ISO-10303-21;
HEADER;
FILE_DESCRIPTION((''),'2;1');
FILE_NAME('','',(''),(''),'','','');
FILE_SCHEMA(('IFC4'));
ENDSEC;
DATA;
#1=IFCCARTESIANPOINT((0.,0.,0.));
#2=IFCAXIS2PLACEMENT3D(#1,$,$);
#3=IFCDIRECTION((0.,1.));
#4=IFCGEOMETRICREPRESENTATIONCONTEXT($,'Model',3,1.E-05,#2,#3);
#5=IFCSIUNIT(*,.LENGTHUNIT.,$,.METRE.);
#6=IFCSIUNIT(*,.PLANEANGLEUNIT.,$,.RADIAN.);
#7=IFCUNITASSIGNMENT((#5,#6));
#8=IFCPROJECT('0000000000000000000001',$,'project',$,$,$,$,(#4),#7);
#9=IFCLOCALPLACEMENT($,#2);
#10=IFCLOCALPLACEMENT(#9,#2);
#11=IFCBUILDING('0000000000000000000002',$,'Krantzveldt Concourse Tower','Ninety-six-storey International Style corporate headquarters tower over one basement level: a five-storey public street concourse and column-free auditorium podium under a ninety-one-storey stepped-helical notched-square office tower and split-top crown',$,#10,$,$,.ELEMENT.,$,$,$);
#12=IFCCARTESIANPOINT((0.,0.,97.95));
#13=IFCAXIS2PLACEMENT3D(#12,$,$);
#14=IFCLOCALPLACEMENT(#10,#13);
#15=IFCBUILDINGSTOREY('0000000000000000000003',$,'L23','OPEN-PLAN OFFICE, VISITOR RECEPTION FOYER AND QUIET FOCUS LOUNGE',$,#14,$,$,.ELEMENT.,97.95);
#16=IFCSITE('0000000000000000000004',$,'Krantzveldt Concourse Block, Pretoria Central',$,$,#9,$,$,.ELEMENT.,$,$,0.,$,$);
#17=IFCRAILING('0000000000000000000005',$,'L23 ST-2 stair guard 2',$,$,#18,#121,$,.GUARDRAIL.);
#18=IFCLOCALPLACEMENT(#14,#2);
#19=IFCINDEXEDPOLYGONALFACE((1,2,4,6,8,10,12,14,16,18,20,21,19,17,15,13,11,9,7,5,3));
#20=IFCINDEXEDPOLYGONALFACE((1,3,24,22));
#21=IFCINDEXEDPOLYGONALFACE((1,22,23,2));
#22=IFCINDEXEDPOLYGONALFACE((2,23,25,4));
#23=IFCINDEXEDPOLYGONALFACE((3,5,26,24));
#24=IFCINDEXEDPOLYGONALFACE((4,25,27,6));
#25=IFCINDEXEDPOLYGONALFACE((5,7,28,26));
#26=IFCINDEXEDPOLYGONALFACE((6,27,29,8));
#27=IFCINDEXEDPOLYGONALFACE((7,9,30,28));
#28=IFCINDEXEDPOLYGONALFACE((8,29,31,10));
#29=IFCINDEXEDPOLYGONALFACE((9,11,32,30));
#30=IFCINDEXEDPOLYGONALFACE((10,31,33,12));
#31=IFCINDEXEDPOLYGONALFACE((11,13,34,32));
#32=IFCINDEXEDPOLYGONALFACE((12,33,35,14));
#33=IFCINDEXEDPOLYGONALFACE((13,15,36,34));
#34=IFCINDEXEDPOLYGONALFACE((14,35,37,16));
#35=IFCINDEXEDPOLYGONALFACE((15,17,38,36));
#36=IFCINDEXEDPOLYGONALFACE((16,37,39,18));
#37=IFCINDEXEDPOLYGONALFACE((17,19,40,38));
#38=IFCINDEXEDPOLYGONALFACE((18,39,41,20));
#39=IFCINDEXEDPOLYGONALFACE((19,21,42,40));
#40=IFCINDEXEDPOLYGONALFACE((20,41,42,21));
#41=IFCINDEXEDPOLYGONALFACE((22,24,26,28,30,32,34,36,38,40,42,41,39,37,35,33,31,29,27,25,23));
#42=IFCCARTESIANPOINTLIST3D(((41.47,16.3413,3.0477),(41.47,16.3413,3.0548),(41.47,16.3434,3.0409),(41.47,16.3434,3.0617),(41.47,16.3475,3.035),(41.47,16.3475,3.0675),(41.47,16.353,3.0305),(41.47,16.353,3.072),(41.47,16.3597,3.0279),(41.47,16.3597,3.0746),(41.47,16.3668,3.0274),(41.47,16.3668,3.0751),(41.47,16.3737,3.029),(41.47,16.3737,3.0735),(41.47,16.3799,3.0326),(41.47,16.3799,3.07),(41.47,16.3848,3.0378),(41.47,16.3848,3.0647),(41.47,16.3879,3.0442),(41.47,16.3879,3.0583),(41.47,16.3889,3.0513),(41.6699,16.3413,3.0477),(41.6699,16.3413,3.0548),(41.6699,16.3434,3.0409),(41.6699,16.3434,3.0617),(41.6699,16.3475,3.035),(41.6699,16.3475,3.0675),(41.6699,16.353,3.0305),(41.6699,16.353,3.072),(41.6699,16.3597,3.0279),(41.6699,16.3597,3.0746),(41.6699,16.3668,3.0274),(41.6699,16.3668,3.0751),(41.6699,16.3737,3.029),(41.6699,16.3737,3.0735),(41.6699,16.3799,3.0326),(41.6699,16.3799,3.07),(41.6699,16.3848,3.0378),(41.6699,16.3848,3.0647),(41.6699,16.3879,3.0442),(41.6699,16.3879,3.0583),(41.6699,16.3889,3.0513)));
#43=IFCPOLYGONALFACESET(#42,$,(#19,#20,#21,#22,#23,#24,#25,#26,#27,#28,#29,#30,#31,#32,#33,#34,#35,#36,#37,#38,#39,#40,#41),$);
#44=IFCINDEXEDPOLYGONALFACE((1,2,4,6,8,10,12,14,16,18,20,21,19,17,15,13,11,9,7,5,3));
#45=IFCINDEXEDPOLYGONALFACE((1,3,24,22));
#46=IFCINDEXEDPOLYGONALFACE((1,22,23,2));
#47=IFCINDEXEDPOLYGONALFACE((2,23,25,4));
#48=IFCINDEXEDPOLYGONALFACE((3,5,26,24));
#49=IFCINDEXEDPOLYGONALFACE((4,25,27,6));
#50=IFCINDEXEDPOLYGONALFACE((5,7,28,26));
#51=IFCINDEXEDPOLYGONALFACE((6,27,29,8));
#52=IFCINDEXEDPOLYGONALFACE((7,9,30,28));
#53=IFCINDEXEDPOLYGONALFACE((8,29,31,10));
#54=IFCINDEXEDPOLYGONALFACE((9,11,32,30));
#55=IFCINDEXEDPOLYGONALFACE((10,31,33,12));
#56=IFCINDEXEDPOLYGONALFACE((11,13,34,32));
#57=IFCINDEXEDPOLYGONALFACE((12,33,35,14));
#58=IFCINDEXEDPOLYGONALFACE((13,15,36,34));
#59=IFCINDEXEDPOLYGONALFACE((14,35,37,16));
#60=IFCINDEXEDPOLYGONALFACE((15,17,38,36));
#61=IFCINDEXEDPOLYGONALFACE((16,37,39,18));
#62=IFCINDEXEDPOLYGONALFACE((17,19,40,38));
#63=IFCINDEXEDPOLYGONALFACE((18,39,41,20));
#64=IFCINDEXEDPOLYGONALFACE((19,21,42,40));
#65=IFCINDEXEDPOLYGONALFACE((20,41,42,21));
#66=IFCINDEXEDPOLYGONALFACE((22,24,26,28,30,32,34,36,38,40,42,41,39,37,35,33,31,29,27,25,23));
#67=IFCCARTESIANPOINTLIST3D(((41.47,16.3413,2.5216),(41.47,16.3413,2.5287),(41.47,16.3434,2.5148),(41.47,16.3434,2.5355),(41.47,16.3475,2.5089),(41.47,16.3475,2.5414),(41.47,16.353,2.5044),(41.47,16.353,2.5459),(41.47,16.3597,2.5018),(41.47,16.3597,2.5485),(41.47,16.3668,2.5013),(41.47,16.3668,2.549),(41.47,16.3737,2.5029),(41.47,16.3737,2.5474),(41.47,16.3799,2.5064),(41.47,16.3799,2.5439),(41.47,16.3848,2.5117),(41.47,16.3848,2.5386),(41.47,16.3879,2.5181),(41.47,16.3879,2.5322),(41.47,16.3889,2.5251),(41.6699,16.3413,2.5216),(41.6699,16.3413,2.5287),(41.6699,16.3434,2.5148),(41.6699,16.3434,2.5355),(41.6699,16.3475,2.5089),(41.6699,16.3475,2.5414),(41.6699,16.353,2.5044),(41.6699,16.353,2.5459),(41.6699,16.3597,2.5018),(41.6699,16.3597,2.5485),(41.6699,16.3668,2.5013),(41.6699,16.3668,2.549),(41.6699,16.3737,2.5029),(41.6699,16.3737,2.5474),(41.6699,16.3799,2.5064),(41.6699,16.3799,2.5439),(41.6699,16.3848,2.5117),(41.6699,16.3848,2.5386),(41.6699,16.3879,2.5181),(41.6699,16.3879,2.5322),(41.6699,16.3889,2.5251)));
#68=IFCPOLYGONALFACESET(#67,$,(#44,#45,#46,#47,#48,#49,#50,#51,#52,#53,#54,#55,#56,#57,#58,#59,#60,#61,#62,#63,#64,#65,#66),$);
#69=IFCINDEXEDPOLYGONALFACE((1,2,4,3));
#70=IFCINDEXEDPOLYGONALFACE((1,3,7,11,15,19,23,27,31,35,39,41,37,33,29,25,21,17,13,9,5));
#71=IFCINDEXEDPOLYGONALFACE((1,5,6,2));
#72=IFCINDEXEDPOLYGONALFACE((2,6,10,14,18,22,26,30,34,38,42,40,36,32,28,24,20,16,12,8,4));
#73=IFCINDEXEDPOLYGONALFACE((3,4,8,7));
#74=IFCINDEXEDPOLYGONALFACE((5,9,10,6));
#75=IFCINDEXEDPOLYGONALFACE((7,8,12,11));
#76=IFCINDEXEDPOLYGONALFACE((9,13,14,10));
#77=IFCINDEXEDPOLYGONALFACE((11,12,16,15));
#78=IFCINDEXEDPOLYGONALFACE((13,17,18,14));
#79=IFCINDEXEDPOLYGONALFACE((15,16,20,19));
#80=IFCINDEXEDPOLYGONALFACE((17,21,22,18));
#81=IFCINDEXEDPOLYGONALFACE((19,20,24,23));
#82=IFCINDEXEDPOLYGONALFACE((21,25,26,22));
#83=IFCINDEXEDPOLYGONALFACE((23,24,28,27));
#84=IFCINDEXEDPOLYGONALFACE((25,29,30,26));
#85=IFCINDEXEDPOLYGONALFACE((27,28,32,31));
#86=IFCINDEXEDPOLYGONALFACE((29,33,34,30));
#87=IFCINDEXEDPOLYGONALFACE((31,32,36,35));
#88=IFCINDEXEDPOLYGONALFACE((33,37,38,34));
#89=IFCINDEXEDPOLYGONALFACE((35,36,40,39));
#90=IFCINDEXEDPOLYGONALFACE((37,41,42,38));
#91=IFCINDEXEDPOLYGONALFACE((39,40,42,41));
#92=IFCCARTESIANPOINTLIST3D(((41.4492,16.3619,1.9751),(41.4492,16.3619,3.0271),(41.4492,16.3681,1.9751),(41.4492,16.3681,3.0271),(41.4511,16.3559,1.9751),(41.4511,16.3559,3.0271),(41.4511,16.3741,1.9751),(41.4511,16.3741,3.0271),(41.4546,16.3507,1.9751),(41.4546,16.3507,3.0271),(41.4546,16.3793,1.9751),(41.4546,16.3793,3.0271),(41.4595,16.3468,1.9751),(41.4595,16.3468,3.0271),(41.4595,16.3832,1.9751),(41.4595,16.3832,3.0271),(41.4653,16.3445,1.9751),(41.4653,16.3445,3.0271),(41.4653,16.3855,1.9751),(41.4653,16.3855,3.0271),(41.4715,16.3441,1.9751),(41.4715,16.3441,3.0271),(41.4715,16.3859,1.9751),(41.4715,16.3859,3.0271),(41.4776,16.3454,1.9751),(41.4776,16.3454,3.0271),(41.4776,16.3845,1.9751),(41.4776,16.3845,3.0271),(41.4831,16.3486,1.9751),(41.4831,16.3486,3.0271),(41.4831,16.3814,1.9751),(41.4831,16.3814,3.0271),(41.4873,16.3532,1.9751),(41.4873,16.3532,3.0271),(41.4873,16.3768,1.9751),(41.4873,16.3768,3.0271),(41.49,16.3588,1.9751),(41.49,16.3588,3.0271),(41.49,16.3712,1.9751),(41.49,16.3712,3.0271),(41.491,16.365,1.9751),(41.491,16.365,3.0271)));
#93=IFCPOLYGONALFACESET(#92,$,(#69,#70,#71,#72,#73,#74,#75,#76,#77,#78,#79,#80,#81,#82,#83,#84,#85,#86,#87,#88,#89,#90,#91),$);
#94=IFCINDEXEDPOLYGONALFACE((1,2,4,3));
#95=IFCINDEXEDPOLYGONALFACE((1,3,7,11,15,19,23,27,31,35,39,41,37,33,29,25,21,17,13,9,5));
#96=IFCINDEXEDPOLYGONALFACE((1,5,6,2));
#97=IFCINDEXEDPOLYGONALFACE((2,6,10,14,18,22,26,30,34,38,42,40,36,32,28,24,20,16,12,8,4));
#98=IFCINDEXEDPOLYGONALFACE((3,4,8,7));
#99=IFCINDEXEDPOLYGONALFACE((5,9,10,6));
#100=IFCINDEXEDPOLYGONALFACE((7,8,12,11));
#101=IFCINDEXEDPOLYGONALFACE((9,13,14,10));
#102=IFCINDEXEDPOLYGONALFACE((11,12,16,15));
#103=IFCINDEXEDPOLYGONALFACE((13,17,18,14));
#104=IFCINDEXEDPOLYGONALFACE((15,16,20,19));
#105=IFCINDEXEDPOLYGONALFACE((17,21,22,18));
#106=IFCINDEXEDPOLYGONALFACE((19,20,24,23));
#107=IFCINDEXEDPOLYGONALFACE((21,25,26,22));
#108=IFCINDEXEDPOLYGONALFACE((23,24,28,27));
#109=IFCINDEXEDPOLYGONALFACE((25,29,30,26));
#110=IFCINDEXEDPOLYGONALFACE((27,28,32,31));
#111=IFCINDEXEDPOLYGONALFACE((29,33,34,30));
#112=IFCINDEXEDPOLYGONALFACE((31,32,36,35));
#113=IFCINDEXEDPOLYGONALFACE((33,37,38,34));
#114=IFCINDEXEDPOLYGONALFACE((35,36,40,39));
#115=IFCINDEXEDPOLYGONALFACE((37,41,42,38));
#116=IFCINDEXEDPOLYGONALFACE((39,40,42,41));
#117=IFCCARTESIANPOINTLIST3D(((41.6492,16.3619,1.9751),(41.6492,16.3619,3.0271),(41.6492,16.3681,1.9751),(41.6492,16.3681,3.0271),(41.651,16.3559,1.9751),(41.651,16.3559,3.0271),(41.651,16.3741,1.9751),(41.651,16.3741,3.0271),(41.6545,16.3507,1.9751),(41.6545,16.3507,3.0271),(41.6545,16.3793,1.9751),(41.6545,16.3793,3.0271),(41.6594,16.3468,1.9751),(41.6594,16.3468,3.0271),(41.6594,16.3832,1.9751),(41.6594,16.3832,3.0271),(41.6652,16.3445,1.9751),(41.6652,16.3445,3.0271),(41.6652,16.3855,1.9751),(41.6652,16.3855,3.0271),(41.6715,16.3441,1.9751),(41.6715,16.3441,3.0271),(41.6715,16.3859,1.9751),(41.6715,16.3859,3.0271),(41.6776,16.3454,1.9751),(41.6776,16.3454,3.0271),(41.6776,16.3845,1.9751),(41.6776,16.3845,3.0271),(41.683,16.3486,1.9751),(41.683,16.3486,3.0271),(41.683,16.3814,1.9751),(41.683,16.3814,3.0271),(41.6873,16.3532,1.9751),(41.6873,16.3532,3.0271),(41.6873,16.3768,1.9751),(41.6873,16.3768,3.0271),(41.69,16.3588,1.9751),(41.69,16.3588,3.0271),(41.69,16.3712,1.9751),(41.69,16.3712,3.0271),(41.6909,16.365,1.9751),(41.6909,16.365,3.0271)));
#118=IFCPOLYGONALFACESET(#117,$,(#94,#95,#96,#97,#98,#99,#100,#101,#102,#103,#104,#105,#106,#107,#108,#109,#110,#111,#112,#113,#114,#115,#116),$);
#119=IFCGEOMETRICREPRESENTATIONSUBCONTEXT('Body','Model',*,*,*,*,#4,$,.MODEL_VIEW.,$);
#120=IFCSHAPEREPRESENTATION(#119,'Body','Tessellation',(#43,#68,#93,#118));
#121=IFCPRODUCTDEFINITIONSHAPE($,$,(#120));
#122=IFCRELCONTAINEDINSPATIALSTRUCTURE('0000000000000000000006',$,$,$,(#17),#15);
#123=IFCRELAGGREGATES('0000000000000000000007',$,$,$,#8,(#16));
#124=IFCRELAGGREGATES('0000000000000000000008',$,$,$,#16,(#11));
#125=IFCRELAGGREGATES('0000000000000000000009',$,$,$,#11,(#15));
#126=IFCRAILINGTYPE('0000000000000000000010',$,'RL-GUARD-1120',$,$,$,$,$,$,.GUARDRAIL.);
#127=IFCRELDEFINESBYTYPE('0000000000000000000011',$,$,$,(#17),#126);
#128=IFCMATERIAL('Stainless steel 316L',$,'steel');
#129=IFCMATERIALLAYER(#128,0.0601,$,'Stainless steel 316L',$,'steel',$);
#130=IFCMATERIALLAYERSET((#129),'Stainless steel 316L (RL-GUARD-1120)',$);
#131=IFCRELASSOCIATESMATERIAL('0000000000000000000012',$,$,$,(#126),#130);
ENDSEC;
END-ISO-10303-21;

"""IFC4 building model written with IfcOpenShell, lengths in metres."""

from ifc_helpers import new_model, si_unit, direction, frame, origin, origin_2d, place, context, subcontext, project, spatial, circle, extrude, material, layer, layer_set, type_object, element, save


model = new_model("IFC4")

# Units and contexts
model_context = context("Model", 3, precision=1e-05, world=origin(), true_north=direction((0.0, 1.0)))
body_context = subcontext(model_context, "Body", "Model", "MODEL_VIEW")
ifc_project = project(units=[si_unit("LENGTHUNIT", "METRE"), si_unit("PLANEANGLEUNIT", "RADIAN")], contexts=[model_context])

# Site, building, storey
site_placement = place(None, origin())
site = spatial("IfcSite", under=ifc_project, at=site_placement, Name="Krantzveldt Concourse Block, Pretoria Central", CompositionType="ELEMENT", RefElevation=0.0)
building_placement = place(site_placement, origin())
building = spatial("IfcBuilding", under=site, at=building_placement, Name="Krantzveldt Concourse Tower", Description="Ninety-six-storey International Style corporate headquarters tower over one basement level: a five-storey public street concourse and column-free auditorium podium under a ninety-one-storey stepped-helical notched-square office tower and split-top crown", CompositionType="ELEMENT")
storey_placement = place(building_placement, frame((0.0, 0.0, 97.95)))
storey = spatial("IfcBuildingStorey", under=building, at=storey_placement, Name="L23", Description="OPEN-PLAN OFFICE, VISITOR RECEPTION FOYER AND QUIET FOCUS LOUNGE", CompositionType="ELEMENT", Elevation=97.95)

# Shared definitions
ifc_material_1 = material(Name="Stainless steel 316L", Category="steel")

# Railing
ifc_layer_1 = layer(ifc_material_1, 0.0601, Name="Stainless steel 316L", Category="steel")
ifc_layer_set_1 = layer_set([ifc_layer_1], Name="Stainless steel 316L (RL-GUARD-1120)")
railing_type_1 = type_object("IfcRailingType", Name="RL-GUARD-1120", PredefinedType="GUARDRAIL", material=ifc_layer_set_1)
railing_1_placement = place(storey_placement, frame((41.47, 16.365, 1.9751)))
element("IfcRailing", 1, at=railing_1_placement, inside=storey, type_object=railing_type_1, Name="L23 ST-2 stair guard 2", PredefinedType="GUARDRAIL", context=body_context, shape_type="SweptSolid", body=[
    extrude(circle(Radius=0.0239, at=origin_2d()), frame((0.0, 0.0, 1.0762), z_axis=(1.0, 0.0, 0.0), x_axis=(0.0, 1.0, 0.0)), (0.0, 0.0, 1.0), 0.2),
    extrude(circle(Radius=0.0239, at=origin_2d()), frame((0.0, 0.0, 0.55), z_axis=(1.0, 0.0, 0.0), x_axis=(0.0, 1.0, 0.0)), (0.0, 0.0, 1.0), 0.2),
    extrude(circle(Radius=0.021, at=origin_2d()), origin(), (0.0, 0.0, 1.0), 1.052),
    extrude(circle(Radius=0.021, at=origin_2d()), frame((0.2, 0.0, 0.0)), (0.0, 0.0, 1.0), 1.052),
])

save(model, "model.ifc")
